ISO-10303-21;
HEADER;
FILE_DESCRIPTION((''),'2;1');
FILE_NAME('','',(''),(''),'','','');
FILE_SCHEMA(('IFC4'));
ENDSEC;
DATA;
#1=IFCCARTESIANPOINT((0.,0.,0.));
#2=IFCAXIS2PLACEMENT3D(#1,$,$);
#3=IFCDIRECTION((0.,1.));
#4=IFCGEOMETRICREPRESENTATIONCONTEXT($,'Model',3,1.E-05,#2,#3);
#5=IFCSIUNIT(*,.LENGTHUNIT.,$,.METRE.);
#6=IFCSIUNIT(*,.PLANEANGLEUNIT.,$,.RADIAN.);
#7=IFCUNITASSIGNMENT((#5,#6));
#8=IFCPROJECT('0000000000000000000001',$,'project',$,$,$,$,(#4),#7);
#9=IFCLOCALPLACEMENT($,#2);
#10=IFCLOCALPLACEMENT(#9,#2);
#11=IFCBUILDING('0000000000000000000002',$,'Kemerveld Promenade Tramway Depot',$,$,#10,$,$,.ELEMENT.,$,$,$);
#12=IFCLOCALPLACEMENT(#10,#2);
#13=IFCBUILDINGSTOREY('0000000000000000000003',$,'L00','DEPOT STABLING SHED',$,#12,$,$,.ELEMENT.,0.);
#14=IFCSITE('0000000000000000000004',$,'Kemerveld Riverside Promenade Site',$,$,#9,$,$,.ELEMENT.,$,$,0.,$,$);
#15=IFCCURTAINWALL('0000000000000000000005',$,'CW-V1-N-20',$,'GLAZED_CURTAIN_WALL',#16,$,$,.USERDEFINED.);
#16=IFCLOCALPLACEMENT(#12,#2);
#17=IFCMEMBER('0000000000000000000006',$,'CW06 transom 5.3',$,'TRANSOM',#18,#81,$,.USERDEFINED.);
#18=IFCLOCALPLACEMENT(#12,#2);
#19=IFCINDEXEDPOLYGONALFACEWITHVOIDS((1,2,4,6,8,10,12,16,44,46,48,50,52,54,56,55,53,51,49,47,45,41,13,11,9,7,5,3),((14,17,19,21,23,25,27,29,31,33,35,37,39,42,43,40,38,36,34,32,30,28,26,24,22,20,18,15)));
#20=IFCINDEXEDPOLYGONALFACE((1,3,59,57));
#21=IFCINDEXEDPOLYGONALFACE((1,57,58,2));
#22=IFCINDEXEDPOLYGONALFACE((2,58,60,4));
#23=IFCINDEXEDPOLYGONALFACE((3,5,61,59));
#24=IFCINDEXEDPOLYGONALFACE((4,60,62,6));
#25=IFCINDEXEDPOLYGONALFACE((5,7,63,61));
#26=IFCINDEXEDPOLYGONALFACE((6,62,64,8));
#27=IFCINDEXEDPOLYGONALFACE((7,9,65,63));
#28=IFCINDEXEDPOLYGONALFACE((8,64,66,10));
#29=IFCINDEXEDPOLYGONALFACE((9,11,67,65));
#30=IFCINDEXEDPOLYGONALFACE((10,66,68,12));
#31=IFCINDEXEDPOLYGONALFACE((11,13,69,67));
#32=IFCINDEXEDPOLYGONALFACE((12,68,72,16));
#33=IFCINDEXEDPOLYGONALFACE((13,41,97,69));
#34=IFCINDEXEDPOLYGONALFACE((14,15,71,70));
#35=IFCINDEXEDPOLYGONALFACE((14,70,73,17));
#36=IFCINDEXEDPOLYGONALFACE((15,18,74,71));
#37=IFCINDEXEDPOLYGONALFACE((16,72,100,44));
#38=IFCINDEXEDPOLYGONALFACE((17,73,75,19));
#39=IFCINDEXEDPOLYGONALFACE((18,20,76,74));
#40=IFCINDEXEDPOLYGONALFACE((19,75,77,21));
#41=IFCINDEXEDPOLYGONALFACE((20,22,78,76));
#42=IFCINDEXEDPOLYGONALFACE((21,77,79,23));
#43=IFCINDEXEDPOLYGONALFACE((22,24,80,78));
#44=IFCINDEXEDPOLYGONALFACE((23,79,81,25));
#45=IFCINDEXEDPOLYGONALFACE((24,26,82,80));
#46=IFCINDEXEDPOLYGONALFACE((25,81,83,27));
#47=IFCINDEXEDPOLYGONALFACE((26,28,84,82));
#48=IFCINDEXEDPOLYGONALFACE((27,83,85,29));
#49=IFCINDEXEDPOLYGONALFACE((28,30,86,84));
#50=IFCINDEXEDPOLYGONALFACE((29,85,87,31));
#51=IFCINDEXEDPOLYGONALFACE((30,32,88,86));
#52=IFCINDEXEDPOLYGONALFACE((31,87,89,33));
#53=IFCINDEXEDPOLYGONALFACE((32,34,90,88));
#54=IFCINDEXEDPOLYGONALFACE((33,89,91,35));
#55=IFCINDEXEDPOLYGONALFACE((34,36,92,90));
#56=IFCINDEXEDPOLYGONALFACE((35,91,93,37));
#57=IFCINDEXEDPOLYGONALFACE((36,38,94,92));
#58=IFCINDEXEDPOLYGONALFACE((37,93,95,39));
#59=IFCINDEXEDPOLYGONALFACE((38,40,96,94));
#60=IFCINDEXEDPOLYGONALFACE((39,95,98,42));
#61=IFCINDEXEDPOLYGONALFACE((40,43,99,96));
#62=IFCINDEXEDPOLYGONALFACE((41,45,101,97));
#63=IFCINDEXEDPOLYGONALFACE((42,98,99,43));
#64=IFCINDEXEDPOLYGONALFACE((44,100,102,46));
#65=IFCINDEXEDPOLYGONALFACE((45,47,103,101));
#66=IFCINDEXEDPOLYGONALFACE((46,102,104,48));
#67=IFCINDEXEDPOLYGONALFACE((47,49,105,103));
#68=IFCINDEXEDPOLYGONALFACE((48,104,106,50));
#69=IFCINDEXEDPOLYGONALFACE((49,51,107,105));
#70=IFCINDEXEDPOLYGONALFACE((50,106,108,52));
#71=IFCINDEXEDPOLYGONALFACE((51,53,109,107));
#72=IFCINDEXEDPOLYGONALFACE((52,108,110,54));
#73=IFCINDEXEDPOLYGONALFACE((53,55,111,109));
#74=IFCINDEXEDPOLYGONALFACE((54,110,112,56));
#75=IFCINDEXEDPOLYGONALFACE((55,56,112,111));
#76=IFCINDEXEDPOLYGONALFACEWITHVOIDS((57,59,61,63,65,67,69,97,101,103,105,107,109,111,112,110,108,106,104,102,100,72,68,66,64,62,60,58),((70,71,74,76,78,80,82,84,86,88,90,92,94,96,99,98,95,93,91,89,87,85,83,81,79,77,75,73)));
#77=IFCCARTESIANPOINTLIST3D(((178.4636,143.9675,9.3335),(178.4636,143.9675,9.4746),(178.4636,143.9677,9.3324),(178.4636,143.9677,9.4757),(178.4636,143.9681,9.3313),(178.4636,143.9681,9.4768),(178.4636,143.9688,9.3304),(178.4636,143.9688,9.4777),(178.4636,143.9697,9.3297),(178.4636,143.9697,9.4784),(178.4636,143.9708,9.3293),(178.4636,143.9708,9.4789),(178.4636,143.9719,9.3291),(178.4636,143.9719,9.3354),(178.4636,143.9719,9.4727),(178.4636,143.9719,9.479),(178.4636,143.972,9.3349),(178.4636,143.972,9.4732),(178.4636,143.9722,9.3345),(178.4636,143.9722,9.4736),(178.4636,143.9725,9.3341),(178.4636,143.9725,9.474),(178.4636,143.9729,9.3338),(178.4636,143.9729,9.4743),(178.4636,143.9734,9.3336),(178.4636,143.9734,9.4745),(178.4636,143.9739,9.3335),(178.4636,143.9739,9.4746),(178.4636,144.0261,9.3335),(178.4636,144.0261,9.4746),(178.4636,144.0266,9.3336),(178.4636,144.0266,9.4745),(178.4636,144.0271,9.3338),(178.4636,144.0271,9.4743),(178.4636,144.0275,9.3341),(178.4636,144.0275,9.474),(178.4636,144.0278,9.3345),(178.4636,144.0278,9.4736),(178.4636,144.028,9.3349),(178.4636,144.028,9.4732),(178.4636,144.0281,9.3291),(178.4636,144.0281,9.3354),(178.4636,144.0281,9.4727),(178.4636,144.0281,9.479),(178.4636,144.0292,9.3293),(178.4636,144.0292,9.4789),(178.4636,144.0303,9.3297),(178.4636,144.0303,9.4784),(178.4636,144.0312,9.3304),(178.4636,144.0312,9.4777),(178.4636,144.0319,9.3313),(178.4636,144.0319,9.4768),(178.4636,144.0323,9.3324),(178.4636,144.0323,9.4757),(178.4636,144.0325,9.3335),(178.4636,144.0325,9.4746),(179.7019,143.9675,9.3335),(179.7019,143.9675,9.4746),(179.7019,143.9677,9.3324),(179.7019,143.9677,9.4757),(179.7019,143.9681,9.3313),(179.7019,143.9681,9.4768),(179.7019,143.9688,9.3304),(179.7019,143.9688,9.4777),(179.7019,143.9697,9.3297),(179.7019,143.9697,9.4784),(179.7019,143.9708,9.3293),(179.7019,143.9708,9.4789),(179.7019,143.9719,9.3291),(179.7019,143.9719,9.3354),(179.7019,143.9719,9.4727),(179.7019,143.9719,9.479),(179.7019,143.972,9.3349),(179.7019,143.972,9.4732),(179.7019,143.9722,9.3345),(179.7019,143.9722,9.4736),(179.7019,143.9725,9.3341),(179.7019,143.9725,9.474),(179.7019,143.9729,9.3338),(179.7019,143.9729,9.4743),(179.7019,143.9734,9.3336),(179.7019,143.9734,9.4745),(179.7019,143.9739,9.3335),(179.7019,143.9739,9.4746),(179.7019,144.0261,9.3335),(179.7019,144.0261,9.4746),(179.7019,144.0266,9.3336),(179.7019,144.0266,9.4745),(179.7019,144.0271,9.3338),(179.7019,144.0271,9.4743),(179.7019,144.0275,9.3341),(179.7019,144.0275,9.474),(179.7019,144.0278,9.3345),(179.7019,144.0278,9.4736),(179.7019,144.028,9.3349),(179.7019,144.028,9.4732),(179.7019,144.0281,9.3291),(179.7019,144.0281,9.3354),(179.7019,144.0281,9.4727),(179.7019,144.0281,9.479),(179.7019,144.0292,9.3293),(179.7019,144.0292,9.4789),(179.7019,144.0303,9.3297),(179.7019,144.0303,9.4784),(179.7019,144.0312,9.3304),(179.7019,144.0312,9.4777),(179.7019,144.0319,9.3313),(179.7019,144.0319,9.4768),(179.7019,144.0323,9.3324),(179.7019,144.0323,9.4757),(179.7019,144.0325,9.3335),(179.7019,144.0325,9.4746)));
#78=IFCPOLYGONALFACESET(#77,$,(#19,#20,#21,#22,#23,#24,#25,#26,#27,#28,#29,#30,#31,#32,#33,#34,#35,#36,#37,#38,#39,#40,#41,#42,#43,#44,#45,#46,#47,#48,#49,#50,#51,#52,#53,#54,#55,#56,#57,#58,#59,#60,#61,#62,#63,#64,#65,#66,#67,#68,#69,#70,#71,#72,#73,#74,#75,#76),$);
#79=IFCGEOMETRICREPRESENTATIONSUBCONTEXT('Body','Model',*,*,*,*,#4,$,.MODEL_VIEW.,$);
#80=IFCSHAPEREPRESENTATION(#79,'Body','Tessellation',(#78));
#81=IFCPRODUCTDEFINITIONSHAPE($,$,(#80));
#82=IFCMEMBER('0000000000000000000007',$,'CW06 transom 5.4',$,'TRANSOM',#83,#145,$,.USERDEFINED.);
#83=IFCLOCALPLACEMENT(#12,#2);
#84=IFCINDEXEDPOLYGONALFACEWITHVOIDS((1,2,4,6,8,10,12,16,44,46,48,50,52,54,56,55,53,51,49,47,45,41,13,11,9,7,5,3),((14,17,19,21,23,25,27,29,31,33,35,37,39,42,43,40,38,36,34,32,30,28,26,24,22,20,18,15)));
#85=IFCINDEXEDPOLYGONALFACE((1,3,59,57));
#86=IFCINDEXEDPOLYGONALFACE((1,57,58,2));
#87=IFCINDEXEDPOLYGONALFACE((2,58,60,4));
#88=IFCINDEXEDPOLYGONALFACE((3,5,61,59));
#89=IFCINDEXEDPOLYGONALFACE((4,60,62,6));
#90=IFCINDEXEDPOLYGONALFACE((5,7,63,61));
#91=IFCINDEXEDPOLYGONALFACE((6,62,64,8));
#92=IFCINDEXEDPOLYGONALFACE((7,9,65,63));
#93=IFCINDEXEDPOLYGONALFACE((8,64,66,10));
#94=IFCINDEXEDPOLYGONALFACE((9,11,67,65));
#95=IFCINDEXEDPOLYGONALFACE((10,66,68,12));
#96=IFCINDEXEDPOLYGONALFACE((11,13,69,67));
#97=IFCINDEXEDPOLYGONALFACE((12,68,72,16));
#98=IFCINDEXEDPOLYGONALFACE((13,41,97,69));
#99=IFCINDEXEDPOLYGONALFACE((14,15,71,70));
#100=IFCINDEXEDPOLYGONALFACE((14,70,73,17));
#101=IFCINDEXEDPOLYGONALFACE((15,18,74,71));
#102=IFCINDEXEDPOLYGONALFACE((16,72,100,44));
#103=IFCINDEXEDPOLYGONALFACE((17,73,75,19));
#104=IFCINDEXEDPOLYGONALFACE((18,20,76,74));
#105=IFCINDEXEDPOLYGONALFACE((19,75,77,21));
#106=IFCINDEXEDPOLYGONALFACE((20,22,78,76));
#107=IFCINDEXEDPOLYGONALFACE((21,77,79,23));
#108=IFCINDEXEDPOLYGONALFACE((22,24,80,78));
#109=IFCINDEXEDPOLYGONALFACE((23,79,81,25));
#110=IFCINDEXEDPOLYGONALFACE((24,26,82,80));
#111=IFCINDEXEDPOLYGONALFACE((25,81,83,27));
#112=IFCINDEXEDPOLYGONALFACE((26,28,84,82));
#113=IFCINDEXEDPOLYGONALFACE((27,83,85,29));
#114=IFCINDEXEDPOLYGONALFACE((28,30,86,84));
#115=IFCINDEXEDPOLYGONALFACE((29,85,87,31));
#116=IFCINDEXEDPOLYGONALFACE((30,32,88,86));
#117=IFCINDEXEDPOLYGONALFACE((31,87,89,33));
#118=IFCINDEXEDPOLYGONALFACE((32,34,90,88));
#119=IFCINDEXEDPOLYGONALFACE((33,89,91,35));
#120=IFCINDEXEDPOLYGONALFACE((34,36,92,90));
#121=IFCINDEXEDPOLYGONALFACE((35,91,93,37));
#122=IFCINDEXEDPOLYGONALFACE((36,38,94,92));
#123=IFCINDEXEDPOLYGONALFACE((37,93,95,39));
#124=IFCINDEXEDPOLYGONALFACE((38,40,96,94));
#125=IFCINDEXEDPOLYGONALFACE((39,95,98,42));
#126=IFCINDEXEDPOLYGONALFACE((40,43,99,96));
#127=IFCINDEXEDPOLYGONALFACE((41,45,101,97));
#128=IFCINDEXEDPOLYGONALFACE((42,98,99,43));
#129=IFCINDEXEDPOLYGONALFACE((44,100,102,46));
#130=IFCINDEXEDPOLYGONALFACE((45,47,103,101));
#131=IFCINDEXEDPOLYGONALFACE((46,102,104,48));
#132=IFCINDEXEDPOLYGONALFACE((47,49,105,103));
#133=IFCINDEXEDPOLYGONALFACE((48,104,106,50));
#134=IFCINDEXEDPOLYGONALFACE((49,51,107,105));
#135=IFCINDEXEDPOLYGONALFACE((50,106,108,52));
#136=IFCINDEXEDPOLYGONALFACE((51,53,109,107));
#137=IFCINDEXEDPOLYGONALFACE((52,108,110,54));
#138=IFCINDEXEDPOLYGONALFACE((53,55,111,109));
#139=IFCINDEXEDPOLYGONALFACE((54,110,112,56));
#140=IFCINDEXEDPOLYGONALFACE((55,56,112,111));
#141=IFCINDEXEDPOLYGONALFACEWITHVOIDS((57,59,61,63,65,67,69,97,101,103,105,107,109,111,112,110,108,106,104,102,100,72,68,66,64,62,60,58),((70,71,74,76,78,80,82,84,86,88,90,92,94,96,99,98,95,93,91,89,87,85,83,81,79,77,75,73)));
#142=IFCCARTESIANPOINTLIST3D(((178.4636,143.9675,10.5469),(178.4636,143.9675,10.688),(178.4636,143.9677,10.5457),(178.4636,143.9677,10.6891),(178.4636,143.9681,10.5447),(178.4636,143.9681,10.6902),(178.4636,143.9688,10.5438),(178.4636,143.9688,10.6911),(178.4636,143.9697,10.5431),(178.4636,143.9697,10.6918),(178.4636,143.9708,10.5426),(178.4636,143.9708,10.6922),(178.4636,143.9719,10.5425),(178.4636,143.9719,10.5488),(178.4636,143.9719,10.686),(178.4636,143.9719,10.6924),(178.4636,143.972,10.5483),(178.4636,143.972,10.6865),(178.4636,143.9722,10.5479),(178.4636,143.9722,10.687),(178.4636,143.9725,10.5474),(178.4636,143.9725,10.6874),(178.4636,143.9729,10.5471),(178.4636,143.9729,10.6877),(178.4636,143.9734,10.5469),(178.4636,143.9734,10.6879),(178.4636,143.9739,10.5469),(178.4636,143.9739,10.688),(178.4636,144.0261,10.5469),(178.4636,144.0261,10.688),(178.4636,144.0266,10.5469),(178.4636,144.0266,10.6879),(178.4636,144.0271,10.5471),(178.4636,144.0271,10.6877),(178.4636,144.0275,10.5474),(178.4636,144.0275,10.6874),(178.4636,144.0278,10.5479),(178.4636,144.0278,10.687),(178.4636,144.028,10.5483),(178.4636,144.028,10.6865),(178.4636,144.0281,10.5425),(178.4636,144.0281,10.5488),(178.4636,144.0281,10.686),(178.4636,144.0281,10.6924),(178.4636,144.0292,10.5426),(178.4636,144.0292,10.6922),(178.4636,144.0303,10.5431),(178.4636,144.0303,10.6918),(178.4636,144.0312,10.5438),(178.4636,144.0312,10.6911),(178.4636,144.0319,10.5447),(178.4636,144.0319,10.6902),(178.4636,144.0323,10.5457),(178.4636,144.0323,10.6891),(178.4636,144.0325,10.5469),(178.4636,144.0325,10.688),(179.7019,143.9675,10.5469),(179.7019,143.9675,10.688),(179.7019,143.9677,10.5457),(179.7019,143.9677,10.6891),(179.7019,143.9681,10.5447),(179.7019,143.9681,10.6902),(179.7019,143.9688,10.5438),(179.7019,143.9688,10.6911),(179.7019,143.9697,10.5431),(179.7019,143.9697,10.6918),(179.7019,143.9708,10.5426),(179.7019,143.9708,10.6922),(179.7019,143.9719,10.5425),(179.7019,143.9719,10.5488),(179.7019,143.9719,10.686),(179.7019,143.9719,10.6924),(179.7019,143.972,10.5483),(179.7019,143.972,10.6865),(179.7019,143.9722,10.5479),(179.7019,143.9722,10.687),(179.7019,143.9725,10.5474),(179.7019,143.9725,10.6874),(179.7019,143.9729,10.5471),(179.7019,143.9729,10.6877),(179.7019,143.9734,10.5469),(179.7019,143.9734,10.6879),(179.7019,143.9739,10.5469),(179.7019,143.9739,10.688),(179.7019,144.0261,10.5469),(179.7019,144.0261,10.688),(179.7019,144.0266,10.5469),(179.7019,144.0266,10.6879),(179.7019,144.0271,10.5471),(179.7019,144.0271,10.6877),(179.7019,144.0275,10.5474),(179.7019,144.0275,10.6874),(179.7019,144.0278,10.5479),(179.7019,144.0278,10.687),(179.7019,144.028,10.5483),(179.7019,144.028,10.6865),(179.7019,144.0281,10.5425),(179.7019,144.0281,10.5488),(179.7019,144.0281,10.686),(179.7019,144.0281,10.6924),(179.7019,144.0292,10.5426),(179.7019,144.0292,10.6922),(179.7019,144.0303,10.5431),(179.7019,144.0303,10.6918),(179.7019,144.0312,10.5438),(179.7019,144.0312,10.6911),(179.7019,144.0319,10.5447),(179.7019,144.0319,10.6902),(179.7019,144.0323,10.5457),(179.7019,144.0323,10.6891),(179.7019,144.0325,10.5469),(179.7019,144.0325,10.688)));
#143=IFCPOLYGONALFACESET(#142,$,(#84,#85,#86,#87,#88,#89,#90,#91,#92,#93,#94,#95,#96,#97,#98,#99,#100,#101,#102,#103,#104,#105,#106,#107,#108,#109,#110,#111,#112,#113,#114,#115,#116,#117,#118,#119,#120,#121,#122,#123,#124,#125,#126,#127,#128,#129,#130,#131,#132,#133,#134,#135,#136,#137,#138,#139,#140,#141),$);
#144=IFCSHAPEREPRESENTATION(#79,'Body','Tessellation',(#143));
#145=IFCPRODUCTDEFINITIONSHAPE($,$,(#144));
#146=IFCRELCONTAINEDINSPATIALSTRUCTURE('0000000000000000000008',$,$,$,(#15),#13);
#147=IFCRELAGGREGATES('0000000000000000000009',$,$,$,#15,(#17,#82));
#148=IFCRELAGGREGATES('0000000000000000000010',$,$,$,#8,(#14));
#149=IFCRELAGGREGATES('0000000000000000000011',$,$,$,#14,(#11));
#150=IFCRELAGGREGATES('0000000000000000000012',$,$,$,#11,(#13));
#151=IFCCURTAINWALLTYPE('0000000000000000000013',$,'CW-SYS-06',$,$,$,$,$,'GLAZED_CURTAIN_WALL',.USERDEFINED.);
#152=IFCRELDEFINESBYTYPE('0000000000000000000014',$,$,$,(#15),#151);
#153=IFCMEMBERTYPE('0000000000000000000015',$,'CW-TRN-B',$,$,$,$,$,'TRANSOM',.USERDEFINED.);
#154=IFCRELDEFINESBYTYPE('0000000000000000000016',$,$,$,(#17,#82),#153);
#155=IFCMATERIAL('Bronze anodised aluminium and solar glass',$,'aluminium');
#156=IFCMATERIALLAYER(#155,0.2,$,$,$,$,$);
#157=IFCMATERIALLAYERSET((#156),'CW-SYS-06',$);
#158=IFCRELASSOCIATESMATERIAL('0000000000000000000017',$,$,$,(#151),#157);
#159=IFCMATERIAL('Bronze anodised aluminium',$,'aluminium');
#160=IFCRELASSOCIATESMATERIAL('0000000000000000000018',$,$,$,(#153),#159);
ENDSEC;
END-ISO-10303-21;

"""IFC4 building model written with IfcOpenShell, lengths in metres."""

from ifc_helpers import new_model, si_unit, direction, frame, origin, origin_2d, place, context, subcontext, project, spatial, hollow_rectangle, extrude, material, layer, layer_set, material_profile, profile_set, type_object, element, aggregate, save


model = new_model("IFC4")

# Units and contexts
model_context = context("Model", 3, precision=1e-05, world=origin(), true_north=direction((0.0, 1.0)))
body_context = subcontext(model_context, "Body", "Model", "MODEL_VIEW")
ifc_project = project(units=[si_unit("LENGTHUNIT", "METRE"), si_unit("PLANEANGLEUNIT", "RADIAN")], contexts=[model_context])

# Site, building, storey
site_placement = place(None, origin())
site = spatial("IfcSite", under=ifc_project, at=site_placement, Name="Kemerveld Riverside Promenade Site", CompositionType="ELEMENT", RefElevation=0.0)
building_placement = place(site_placement, origin())
building = spatial("IfcBuilding", under=site, at=building_placement, Name="Kemerveld Promenade Tramway Depot", CompositionType="ELEMENT")
storey_placement = place(building_placement, origin())
storey = spatial("IfcBuildingStorey", under=building, at=storey_placement, Name="L00", Description="DEPOT STABLING SHED", CompositionType="ELEMENT", Elevation=0.0)

# Curtain wall, members
ifc_material_1 = material(Name="Bronze anodised aluminium and solar glass", Category="aluminium")
ifc_material_2 = material(Name="Bronze anodised aluminium", Category="aluminium")
ifc_layer_1 = layer(ifc_material_1, 0.2)
ifc_layer_set_1 = layer_set([ifc_layer_1], Name="CW-SYS-06")
curtain_wall_type_1 = type_object("IfcCurtainWallType", Name="CW-SYS-06", ElementType="GLAZED_CURTAIN_WALL", PredefinedType="USERDEFINED", material=ifc_layer_set_1)
curtain_wall_1_placement = place(storey_placement, origin())
curtain_wall_1 = element("IfcCurtainWall", 1, at=curtain_wall_1_placement, inside=storey, type_object=curtain_wall_type_1, Name="CW-V1-N-20", ObjectType="GLAZED_CURTAIN_WALL", PredefinedType="USERDEFINED")
ifc_material_profile_1 = material_profile(ifc_material_2, hollow_rectangle(XDim=0.0649, YDim=0.1499, WallThickness=0.0044, InnerFilletRadius=0.002, OuterFilletRadius=0.0044, at=origin_2d()), Name="CW-TRN-150x65")
ifc_profile_set_1 = profile_set([ifc_material_profile_1], Name="Bronze anodised aluminium")
member_type_1 = type_object("IfcMemberType", Name="CW-TRN-B", ElementType="TRANSOM", PredefinedType="USERDEFINED", material=ifc_profile_set_1)
member_1_placement = place(storey_placement, frame((178.4636, 144.0, 9.4041), z_axis=(1.0, 0.0, 0.0), x_axis=(0.0, 1.0, 0.0)))
member_1 = element("IfcMember", 2, at=member_1_placement, type_object=member_type_1, Name="CW06 transom 5.3", ObjectType="TRANSOM", PredefinedType="USERDEFINED", context=body_context, shape_type="SweptSolid", body=[
    extrude(hollow_rectangle(XDim=0.0649, YDim=0.1499, WallThickness=0.0044, InnerFilletRadius=0.002, OuterFilletRadius=0.0044, at=origin_2d()), origin(), (0.0, 0.0, 1.0), 1.2383),
])
member_2_placement = place(storey_placement, frame((178.4636, 144.0, 10.6174), z_axis=(1.0, 0.0, 0.0), x_axis=(0.0, 1.0, 0.0)))
member_2 = element("IfcMember", 3, at=member_2_placement, type_object=member_type_1, Name="CW06 transom 5.4", ObjectType="TRANSOM", PredefinedType="USERDEFINED", context=body_context, shape_type="SweptSolid", body=[
    extrude(hollow_rectangle(XDim=0.0649, YDim=0.1499, WallThickness=0.0044, InnerFilletRadius=0.002, OuterFilletRadius=0.0044, at=origin_2d()), origin(), (0.0, 0.0, 1.0), 1.2383),
])

aggregate(curtain_wall_1, [member_1, member_2])

save(model, "model.ifc")
